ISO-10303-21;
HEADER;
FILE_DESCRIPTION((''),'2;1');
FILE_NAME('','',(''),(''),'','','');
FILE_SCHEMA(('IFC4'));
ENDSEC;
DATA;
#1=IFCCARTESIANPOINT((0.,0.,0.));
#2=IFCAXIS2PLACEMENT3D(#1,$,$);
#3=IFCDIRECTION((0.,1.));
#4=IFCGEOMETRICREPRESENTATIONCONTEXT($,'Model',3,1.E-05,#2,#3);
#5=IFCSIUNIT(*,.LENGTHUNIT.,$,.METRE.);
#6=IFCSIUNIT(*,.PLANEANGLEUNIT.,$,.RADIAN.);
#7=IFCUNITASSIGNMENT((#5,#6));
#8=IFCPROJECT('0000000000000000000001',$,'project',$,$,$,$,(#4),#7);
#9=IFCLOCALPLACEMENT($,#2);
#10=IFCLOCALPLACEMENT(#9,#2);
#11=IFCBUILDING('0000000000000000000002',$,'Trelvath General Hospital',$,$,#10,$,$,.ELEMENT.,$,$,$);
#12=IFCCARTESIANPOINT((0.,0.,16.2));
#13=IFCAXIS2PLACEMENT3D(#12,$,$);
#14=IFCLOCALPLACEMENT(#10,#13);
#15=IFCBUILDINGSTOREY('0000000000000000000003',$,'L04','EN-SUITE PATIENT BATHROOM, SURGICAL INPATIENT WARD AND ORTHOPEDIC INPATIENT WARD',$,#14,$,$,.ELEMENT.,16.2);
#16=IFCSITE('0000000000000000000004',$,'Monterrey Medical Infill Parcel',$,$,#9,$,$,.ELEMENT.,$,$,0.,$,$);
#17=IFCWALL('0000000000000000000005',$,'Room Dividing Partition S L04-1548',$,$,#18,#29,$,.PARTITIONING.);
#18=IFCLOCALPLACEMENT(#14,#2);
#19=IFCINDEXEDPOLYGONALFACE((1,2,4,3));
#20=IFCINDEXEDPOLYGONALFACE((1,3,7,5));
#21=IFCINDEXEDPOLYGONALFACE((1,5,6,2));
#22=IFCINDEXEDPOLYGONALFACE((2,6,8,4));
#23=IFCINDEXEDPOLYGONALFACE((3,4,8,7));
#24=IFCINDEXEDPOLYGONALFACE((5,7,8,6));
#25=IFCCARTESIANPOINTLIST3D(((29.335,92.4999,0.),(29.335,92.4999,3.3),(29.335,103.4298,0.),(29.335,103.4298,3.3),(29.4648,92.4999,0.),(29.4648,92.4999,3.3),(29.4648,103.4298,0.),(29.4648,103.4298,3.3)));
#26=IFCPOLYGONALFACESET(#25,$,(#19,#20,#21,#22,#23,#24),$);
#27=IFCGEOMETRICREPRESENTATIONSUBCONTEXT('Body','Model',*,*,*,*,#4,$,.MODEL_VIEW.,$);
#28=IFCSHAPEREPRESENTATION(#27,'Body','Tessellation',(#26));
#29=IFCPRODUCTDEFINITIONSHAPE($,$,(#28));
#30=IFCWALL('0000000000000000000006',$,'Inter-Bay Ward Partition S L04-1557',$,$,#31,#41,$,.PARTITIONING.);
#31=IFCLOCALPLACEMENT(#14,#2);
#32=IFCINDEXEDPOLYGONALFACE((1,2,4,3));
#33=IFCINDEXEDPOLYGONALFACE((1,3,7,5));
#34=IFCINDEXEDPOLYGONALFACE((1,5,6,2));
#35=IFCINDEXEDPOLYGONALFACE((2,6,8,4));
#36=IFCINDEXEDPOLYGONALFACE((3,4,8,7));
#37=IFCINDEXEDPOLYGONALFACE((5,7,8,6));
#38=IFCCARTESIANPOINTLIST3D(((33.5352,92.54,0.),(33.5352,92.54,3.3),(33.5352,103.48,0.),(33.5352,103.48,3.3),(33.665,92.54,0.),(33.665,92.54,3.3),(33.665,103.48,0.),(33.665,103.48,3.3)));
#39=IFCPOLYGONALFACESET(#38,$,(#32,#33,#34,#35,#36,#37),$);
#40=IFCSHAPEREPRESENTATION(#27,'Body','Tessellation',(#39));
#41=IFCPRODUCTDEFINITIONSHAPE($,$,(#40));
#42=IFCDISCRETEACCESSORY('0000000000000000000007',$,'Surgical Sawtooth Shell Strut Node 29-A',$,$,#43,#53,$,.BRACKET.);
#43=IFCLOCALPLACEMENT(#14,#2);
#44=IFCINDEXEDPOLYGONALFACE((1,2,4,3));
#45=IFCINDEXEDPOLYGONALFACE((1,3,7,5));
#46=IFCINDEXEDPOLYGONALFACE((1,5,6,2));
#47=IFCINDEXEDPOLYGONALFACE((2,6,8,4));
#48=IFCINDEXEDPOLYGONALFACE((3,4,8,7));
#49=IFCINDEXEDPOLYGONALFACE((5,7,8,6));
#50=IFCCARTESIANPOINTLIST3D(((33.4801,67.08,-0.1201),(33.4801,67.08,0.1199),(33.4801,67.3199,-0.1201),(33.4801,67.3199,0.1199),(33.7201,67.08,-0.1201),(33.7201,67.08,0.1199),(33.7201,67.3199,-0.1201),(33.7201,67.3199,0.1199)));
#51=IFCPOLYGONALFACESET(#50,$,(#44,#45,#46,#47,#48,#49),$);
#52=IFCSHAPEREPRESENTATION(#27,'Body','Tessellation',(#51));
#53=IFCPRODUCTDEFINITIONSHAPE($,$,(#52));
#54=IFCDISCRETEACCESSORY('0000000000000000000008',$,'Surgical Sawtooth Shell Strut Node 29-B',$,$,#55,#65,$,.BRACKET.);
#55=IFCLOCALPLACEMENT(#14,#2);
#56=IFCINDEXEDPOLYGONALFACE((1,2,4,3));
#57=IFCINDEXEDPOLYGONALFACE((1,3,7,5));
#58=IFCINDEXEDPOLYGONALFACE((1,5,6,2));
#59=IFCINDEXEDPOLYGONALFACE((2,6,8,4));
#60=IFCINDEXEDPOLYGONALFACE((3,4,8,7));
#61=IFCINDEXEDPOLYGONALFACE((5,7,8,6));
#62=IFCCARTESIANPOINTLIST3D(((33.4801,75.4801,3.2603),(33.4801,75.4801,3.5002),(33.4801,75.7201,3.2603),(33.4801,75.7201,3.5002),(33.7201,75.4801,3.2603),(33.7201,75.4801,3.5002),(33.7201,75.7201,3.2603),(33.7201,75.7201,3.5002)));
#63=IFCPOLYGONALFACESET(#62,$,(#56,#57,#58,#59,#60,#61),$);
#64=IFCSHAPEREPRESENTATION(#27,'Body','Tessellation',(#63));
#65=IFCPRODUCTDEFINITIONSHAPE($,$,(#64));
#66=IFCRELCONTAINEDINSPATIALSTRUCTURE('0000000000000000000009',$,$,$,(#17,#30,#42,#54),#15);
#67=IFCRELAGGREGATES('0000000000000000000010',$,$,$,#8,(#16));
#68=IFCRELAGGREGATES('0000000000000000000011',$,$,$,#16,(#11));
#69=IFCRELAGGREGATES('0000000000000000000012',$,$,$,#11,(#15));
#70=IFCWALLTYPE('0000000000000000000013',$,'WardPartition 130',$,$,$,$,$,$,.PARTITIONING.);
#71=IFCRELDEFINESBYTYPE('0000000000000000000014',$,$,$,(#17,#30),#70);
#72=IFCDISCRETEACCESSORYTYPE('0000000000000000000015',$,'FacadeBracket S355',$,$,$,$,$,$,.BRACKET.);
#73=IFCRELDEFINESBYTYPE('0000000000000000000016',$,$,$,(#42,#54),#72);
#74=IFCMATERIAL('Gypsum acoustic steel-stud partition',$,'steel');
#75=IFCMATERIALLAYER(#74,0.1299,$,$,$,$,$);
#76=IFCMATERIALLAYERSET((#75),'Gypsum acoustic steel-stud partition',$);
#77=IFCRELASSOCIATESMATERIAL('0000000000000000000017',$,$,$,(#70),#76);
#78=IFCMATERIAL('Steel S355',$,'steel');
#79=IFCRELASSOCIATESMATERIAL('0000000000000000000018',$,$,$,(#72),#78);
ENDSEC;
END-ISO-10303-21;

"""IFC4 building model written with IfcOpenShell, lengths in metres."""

from ifc_helpers import new_model, si_unit, direction, frame, frame_2d, origin, origin_2d, place, context, subcontext, project, spatial, rectangle, extrude, material, layer, layer_set, type_object, element, save


model = new_model("IFC4")

# Units and contexts
model_context = context("Model", 3, precision=1e-05, world=origin(), true_north=direction((0.0, 1.0)))
body_context = subcontext(model_context, "Body", "Model", "MODEL_VIEW")
ifc_project = project(units=[si_unit("LENGTHUNIT", "METRE"), si_unit("PLANEANGLEUNIT", "RADIAN")], contexts=[model_context])

# Site, building, storey
site_placement = place(None, origin())
site = spatial("IfcSite", under=ifc_project, at=site_placement, Name="Monterrey Medical Infill Parcel", CompositionType="ELEMENT", RefElevation=0.0)
building_placement = place(site_placement, origin())
building = spatial("IfcBuilding", under=site, at=building_placement, Name="Trelvath General Hospital", CompositionType="ELEMENT")
storey_placement = place(building_placement, frame((0.0, 0.0, 16.2)))
storey = spatial("IfcBuildingStorey", under=building, at=storey_placement, Name="L04", Description="EN-SUITE PATIENT BATHROOM, SURGICAL INPATIENT WARD AND ORTHOPEDIC INPATIENT WARD", CompositionType="ELEMENT", Elevation=16.2)

# Walls
ifc_material_1 = material(Name="Gypsum acoustic steel-stud partition", Category="steel")
ifc_layer_1 = layer(ifc_material_1, 0.1299)
ifc_layer_set_1 = layer_set([ifc_layer_1], Name="Gypsum acoustic steel-stud partition")
wall_type_1 = type_object("IfcWallType", Name="WardPartition 130", PredefinedType="PARTITIONING", material=ifc_layer_set_1)
wall_1_placement = place(storey_placement, frame((29.3999, 92.5, 0.0), z_axis=(0.0, 0.0, 1.0), x_axis=(0.0, 1.0, 0.0)))
element("IfcWall", 1, at=wall_1_placement, inside=storey, type_object=wall_type_1, Name="Room Dividing Partition S L04-1548", PredefinedType="PARTITIONING", context=body_context, shape_type="SweptSolid", body=[
    extrude(rectangle(XDim=10.9299, YDim=0.1299, at=frame_2d((5.4648, 0.0))), origin(), (0.0, 0.0, 1.0), 3.3),
])
wall_2_placement = place(storey_placement, frame((33.6001, 92.54, 0.0), z_axis=(0.0, 0.0, 1.0), x_axis=(0.0, 1.0, 0.0)))
element("IfcWall", 2, at=wall_2_placement, inside=storey, type_object=wall_type_1, Name="Inter-Bay Ward Partition S L04-1557", PredefinedType="PARTITIONING", context=body_context, shape_type="SweptSolid", body=[
    extrude(rectangle(XDim=10.9399, YDim=0.1299, at=frame_2d((5.47, 0.0))), origin(), (0.0, 0.0, 1.0), 3.3),
])

# Discrete accessories
ifc_material_2 = material(Name="Steel S355", Category="steel")
discrete_accessory_type = type_object("IfcDiscreteAccessoryType", Name="FacadeBracket S355", PredefinedType="BRACKET", material=ifc_material_2)
for number, where, z_axis, x_axis, name in (
    (3, (33.6001, 67.2, -0.1201), (0.0, 0.0, 1.0), (1.0, 0.0, 0.0), "Surgical Sawtooth Shell Strut Node 29-A"),
    (4, (33.6001, 75.6001, 3.2603), (0.0, 0.0, 1.0), (1.0, 0.0, 0.0), "Surgical Sawtooth Shell Strut Node 29-B"),
):
    element("IfcDiscreteAccessory", number, at=place(storey_placement, frame(where, z_axis=z_axis, x_axis=x_axis)), inside=storey, type_object=discrete_accessory_type, Name=name, PredefinedType="BRACKET", context=body_context, shape_type="SweptSolid", body=[
        extrude(rectangle(XDim=0.24, YDim=0.24, at=origin_2d()), origin(), (0.0, 0.0, 1.0), 0.24),
    ])

save(model, "model.ifc")
